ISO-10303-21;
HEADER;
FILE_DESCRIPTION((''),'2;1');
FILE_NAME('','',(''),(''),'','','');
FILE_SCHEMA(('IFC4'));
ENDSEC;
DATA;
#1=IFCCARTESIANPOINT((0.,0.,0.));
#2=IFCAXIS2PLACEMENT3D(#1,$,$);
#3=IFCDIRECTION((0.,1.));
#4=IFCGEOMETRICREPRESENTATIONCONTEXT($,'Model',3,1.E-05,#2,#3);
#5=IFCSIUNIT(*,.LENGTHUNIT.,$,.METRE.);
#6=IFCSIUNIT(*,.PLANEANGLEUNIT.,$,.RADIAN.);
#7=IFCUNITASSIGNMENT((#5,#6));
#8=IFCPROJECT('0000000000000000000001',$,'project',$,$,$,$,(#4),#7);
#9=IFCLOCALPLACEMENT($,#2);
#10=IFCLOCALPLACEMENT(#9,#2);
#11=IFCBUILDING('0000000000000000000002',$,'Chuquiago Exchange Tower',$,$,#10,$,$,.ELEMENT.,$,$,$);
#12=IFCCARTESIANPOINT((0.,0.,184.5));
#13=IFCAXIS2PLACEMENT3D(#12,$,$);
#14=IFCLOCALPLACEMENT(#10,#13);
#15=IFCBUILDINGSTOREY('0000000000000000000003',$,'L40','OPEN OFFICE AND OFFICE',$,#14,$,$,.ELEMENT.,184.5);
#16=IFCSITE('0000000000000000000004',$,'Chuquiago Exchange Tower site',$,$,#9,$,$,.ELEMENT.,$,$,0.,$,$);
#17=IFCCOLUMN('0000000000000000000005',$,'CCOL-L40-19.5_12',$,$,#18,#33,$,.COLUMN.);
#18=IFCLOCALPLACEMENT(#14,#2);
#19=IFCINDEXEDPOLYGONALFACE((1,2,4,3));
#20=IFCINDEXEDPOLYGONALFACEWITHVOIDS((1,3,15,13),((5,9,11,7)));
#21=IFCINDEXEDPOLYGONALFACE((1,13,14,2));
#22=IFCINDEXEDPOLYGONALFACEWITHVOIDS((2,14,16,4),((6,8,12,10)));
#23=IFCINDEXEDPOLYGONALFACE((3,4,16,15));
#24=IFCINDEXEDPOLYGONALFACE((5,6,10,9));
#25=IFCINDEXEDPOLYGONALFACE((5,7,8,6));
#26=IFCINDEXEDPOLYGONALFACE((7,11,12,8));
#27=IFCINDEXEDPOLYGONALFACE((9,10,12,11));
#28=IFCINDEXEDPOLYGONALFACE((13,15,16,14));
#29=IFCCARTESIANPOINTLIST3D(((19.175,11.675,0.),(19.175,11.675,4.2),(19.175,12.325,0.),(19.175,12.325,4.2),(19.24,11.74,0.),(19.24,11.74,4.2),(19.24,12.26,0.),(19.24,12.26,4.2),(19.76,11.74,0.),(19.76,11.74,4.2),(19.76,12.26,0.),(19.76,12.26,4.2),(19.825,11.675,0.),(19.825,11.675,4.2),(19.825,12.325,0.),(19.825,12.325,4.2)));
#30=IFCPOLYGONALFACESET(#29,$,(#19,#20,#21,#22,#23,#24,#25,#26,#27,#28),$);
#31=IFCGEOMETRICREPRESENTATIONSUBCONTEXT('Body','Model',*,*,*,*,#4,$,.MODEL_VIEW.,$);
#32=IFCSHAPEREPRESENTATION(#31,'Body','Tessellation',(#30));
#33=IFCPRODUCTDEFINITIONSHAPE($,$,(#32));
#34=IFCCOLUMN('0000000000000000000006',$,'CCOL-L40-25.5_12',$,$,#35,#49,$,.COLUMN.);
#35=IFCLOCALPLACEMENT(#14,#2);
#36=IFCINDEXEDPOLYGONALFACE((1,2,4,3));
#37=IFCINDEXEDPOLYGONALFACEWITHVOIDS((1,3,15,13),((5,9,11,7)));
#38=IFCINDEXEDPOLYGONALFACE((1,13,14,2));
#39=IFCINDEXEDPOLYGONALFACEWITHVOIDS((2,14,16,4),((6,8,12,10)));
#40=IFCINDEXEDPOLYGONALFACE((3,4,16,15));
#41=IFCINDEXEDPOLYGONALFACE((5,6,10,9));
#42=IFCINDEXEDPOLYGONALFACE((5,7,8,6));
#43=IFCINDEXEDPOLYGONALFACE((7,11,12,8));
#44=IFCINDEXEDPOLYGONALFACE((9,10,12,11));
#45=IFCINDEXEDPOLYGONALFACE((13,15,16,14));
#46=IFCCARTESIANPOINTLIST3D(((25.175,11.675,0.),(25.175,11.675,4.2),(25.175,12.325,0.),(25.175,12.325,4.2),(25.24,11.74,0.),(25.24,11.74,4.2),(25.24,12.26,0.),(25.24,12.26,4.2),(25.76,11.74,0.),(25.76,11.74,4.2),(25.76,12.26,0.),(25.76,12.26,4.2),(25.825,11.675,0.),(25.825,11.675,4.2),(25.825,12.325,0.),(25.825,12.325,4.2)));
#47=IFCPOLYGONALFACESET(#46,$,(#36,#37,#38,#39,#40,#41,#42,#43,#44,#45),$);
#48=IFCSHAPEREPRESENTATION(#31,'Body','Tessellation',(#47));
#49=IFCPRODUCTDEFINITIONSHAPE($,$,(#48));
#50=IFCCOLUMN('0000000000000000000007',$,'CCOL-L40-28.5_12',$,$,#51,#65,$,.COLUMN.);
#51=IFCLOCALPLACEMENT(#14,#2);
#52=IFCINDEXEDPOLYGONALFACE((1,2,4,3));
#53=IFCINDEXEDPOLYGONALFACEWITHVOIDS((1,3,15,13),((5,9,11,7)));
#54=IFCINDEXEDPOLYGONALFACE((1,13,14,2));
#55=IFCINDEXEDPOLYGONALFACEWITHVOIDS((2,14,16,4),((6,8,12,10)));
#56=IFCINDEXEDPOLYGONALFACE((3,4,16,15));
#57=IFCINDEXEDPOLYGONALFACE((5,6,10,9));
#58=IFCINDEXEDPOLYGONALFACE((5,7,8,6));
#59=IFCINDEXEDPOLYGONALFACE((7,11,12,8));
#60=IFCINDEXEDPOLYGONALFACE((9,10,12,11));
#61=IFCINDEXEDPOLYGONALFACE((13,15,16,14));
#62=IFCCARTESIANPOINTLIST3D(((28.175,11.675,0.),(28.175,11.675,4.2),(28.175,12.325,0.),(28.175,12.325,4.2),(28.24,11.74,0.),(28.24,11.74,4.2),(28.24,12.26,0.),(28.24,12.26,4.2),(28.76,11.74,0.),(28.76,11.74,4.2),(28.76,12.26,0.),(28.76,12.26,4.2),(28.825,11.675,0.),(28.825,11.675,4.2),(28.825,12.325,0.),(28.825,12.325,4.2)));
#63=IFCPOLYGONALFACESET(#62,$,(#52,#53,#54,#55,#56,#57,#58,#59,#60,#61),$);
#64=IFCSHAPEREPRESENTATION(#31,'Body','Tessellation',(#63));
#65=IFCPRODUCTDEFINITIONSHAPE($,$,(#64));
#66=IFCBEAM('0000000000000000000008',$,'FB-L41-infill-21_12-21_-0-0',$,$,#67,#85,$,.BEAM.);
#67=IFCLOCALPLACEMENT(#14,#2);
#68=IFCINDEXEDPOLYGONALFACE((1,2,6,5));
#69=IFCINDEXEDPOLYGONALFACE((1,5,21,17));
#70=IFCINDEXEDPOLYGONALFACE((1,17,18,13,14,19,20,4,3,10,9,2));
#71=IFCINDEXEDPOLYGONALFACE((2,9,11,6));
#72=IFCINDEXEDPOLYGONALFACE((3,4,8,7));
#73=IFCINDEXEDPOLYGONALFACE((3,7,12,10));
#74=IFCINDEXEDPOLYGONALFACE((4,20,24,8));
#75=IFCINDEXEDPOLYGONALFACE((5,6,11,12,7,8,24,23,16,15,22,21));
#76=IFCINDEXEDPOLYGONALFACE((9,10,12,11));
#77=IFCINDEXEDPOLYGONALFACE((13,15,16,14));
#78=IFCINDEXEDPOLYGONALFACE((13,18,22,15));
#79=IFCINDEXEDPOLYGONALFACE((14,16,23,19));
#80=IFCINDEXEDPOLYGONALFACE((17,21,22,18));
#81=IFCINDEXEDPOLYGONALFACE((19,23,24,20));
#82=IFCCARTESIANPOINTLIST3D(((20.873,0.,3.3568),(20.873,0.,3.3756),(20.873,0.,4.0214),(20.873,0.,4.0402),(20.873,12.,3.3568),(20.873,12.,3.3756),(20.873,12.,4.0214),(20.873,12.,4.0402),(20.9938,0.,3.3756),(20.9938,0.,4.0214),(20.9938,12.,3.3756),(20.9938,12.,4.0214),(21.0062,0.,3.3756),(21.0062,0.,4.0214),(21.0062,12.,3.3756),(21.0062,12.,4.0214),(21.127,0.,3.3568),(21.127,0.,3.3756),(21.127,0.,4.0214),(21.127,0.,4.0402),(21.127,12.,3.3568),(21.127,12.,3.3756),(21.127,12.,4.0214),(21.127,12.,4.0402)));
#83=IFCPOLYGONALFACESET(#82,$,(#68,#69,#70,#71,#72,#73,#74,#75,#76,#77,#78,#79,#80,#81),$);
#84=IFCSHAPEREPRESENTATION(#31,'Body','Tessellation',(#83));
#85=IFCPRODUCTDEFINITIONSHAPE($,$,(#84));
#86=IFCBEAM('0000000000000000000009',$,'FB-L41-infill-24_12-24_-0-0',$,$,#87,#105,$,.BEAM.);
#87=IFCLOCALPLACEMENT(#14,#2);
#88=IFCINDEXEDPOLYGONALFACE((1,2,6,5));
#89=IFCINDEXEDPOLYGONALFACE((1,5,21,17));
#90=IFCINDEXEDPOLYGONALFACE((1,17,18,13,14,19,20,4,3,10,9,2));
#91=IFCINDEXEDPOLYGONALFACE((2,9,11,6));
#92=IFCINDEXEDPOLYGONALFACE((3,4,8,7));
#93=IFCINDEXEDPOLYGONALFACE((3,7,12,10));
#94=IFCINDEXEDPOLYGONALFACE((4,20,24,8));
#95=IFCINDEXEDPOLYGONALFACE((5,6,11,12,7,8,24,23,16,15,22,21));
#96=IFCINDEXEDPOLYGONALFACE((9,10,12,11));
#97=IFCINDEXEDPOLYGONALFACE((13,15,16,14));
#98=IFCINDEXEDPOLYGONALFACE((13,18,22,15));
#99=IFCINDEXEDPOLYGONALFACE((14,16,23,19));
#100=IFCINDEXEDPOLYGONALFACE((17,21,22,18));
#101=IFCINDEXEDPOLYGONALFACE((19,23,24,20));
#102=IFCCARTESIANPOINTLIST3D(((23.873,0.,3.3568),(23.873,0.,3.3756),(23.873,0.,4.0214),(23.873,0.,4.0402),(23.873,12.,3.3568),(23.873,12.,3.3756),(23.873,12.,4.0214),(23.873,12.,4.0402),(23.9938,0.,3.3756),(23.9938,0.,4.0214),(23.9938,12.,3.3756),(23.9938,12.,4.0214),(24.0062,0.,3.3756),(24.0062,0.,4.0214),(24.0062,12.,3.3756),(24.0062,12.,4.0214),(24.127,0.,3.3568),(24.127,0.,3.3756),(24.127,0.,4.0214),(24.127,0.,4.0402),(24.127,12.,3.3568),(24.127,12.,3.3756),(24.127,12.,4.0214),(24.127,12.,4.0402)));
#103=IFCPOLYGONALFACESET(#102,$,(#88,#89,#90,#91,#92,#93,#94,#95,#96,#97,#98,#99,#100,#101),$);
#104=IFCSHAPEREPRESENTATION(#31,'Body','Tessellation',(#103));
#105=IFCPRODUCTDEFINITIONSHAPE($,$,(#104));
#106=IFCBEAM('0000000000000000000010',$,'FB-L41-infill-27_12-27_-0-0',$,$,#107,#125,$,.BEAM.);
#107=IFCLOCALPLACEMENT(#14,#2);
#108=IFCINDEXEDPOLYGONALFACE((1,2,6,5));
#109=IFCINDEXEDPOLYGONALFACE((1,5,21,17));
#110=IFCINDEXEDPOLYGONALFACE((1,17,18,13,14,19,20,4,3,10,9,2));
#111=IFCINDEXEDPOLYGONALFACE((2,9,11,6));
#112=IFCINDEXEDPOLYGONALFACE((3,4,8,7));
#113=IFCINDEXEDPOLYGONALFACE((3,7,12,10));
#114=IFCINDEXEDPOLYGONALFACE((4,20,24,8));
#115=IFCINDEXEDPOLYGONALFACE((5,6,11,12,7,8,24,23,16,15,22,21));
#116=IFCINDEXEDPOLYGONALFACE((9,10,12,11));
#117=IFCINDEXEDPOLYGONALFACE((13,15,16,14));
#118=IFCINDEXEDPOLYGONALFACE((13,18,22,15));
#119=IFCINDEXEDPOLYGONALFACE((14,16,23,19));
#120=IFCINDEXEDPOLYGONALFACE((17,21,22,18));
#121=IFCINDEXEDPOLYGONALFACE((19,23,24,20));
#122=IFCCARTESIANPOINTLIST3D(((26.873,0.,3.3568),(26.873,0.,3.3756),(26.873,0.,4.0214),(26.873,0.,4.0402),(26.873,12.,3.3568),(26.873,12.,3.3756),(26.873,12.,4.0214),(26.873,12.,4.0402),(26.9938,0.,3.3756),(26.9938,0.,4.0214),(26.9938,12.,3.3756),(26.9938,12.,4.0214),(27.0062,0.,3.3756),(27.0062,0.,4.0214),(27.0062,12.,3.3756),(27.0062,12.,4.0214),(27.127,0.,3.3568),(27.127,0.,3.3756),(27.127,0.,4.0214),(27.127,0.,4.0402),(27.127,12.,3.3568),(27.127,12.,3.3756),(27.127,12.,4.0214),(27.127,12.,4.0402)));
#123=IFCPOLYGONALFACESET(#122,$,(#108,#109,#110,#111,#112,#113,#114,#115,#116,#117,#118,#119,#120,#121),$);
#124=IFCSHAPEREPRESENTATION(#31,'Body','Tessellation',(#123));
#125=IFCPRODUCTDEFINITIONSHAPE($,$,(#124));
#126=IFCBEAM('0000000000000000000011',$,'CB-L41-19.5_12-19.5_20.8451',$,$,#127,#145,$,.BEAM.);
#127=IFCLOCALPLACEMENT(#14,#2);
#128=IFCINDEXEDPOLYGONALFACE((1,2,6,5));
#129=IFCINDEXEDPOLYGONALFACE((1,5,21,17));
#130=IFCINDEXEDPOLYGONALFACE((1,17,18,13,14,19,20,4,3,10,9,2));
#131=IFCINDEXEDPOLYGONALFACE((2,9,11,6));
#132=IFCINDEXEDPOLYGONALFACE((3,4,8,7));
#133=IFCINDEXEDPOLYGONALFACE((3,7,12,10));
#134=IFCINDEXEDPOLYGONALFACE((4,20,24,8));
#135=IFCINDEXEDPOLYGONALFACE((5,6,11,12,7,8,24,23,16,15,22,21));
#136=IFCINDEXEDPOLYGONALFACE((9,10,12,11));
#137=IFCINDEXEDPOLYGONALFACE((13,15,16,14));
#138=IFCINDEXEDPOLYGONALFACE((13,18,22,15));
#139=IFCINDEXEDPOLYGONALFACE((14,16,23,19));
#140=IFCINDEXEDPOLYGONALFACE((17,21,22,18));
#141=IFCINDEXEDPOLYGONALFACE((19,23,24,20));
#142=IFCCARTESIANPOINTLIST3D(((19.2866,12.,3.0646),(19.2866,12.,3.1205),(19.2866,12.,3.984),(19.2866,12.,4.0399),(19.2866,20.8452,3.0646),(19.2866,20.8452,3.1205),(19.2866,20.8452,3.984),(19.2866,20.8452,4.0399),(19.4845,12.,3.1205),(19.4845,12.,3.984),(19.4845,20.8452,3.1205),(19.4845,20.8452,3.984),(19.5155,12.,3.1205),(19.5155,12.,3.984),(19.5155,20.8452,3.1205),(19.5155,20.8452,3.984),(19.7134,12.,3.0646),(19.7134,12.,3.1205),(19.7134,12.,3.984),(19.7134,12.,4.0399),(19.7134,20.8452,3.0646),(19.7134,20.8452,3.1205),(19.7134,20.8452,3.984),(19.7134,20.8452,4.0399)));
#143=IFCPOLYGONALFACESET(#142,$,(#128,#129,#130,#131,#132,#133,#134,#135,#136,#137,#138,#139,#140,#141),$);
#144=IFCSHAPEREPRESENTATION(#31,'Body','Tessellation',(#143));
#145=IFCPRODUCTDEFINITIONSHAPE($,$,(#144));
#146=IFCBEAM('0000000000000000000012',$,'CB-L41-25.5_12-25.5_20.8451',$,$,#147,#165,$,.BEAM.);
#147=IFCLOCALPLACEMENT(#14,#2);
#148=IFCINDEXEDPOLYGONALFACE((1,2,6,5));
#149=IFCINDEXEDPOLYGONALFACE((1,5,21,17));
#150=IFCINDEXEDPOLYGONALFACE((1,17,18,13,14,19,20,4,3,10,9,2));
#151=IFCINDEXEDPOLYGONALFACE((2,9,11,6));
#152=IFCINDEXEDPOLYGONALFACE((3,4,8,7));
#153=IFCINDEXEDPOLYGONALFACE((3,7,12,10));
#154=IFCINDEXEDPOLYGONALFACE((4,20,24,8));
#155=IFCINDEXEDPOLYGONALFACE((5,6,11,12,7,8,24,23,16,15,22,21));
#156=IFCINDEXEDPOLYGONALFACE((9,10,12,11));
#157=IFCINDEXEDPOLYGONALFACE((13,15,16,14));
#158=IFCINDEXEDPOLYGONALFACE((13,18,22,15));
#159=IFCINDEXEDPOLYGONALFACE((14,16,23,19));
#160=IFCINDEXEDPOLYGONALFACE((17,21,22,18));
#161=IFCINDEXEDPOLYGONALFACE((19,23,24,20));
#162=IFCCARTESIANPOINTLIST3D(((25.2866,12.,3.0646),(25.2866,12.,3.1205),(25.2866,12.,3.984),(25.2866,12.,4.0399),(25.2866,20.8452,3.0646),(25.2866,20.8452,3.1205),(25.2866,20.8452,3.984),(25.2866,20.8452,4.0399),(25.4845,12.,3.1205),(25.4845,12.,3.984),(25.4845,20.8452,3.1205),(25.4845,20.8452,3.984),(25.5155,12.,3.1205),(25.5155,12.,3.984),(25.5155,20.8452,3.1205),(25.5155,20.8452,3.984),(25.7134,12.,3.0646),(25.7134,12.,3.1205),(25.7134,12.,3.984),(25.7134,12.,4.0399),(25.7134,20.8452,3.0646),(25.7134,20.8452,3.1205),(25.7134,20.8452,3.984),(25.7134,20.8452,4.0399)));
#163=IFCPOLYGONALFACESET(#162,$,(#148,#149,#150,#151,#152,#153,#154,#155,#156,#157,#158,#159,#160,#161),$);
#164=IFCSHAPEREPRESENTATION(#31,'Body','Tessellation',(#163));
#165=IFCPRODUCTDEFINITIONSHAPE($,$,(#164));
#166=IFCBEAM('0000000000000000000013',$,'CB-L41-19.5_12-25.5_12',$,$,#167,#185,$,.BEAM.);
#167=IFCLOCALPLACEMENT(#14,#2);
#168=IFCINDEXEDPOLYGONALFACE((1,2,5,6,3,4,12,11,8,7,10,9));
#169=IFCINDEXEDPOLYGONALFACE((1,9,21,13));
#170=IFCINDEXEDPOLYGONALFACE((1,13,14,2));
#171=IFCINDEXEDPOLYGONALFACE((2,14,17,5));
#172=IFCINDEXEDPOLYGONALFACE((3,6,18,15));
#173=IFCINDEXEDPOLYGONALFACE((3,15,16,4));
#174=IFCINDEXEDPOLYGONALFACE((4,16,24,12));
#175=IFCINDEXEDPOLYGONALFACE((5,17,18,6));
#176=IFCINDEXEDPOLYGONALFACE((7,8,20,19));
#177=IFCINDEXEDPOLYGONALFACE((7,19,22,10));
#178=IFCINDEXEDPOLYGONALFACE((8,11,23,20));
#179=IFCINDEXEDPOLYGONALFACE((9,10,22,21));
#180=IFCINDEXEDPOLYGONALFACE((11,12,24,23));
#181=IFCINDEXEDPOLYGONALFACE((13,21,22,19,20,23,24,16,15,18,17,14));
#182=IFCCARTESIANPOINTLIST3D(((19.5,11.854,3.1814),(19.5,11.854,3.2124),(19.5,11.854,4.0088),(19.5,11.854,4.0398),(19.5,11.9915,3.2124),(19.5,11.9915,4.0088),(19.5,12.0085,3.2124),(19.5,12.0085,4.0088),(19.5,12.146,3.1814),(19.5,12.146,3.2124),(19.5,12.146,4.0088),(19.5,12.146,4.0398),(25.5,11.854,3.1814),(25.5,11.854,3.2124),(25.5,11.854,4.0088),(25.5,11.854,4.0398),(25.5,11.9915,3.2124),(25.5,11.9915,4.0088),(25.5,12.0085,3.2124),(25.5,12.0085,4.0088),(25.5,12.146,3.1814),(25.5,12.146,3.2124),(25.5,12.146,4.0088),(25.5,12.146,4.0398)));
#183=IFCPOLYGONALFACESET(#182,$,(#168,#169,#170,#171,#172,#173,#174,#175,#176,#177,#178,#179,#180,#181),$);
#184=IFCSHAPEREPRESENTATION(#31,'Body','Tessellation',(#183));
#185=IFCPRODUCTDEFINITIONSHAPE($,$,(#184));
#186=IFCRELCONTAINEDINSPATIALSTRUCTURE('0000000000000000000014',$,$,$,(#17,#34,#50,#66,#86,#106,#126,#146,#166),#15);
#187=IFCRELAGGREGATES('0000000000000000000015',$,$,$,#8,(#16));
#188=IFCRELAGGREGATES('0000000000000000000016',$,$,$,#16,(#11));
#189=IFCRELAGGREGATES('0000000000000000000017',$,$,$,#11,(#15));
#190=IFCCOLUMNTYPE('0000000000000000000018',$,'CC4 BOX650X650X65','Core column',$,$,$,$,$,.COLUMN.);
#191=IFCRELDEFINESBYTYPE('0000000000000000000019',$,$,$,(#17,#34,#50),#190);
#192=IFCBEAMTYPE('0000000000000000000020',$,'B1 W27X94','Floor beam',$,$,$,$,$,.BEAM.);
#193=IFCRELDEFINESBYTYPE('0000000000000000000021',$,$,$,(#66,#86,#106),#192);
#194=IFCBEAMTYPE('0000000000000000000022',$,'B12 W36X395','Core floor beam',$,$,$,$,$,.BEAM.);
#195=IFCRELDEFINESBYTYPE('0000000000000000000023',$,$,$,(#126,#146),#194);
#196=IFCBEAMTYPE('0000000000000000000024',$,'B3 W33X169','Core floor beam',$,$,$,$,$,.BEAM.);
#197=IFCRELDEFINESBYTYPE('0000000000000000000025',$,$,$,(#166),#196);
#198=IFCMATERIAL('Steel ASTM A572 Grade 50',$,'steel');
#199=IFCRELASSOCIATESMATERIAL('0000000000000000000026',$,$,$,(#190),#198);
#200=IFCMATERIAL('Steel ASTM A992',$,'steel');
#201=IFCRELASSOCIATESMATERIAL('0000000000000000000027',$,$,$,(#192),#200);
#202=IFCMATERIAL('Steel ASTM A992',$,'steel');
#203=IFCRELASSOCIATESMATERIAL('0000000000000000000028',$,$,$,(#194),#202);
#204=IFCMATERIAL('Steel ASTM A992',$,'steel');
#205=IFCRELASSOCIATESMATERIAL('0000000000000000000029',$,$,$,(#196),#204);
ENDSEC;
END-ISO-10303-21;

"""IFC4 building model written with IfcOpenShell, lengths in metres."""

from ifc_helpers import new_model, si_unit, direction, frame, origin, origin_2d, place, context, subcontext, project, spatial, hollow_rectangle, i_section, extrude, material, material_profile, profile_set, type_object, element, save


model = new_model("IFC4")

# Units and contexts
model_context = context("Model", 3, precision=1e-05, world=origin(), true_north=direction((0.0, 1.0)))
body_context = subcontext(model_context, "Body", "Model", "MODEL_VIEW")
ifc_project = project(units=[si_unit("LENGTHUNIT", "METRE"), si_unit("PLANEANGLEUNIT", "RADIAN")], contexts=[model_context])

# Site, building, storey
site_placement = place(None, origin())
site = spatial("IfcSite", under=ifc_project, at=site_placement, Name="Chuquiago Exchange Tower site", CompositionType="ELEMENT", RefElevation=0.0)
building_placement = place(site_placement, origin())
building = spatial("IfcBuilding", under=site, at=building_placement, Name="Chuquiago Exchange Tower", CompositionType="ELEMENT")
storey_placement = place(building_placement, frame((0.0, 0.0, 184.5)))
storey = spatial("IfcBuildingStorey", under=building, at=storey_placement, Name="L40", Description="OPEN OFFICE AND OFFICE", CompositionType="ELEMENT", Elevation=184.5)

# Columns
ifc_material_1 = material(Name="Steel ASTM A572 Grade 50", Category="steel")
ifc_material_profile_1 = material_profile(ifc_material_1, hollow_rectangle(XDim=0.6499, YDim=0.6499, WallThickness=0.0649, at=origin_2d()), Name="BOX650X650X65")
ifc_profile_set_1 = profile_set([ifc_material_profile_1], Name="Steel ASTM A572 Grade 50")
column_type = type_object("IfcColumnType", Name="CC4 BOX650X650X65", Description="Core column", PredefinedType="COLUMN", material=ifc_profile_set_1)
for number, where, z_axis, x_axis, name in (
    (1, (19.5, 12.0, 0.0), (0.0, 0.0, 1.0), (1.0, 0.0, 0.0), "CCOL-L40-19.5_12"),
    (2, (25.5, 12.0, 0.0), (0.0, 0.0, 1.0), (1.0, 0.0, 0.0), "CCOL-L40-25.5_12"),
    (3, (28.5, 12.0, 0.0), (0.0, 0.0, 1.0), (1.0, 0.0, 0.0), "CCOL-L40-28.5_12"),
):
    element("IfcColumn", number, at=place(storey_placement, frame(where, z_axis=z_axis, x_axis=x_axis)), inside=storey, type_object=column_type, Name=name, PredefinedType="COLUMN", context=body_context, shape_type="SweptSolid", body=[
        extrude(hollow_rectangle(XDim=0.6499, YDim=0.6499, WallThickness=0.0649, at=origin_2d()), origin(), (0.0, 0.0, 1.0), 4.2),
    ])

# Beams
ifc_material_2 = material(Name="Steel ASTM A992", Category="steel")
ifc_material_profile_2 = material_profile(ifc_material_2, i_section(OverallWidth=0.2539, OverallDepth=0.6833, WebThickness=0.0125, FlangeThickness=0.0188, at=origin_2d()), Name="W27X94")
ifc_profile_set_2 = profile_set([ifc_material_profile_2], Name="Steel ASTM A992")
beam_type_1 = type_object("IfcBeamType", Name="B1 W27X94", Description="Floor beam", PredefinedType="BEAM", material=ifc_profile_set_2)
for number, where, z_axis, x_axis, name in (
    (4, (21.0, 12.0, 3.6985), (0.0, -1.0, 0.0), (1.0, 0.0, 0.0), "FB-L41-infill-21_12-21_-0-0"),
    (5, (24.0, 12.0, 3.6985), (0.0, -1.0, 0.0), (1.0, 0.0, 0.0), "FB-L41-infill-24_12-24_-0-0"),
    (6, (27.0, 12.0, 3.6985), (0.0, -1.0, 0.0), (1.0, 0.0, 0.0), "FB-L41-infill-27_12-27_-0-0"),
):
    element("IfcBeam", number, at=place(storey_placement, frame(where, z_axis=z_axis, x_axis=x_axis)), inside=storey, type_object=beam_type_1, Name=name, PredefinedType="BEAM", context=body_context, shape_type="SweptSolid", body=[
        extrude(i_section(OverallWidth=0.2539, OverallDepth=0.6833, WebThickness=0.0125, FlangeThickness=0.0188, at=origin_2d()), origin(), (0.0, 0.0, 1.0), 12.0),
    ])
ifc_material_3 = material(Name="Steel ASTM A992", Category="steel")
ifc_material_profile_3 = material_profile(ifc_material_3, i_section(OverallWidth=0.4268, OverallDepth=0.9753, WebThickness=0.031, FlangeThickness=0.0559, at=origin_2d()), Name="W36X395")
ifc_profile_set_3 = profile_set([ifc_material_profile_3], Name="Steel ASTM A992")
beam_type_2 = type_object("IfcBeamType", Name="B12 W36X395", Description="Core floor beam", PredefinedType="BEAM", material=ifc_profile_set_3)
for number, where, z_axis, x_axis, name in (
    (7, (19.5, 12.0, 3.5522), (0.0, 1.0, 0.0), (-1.0, 0.0, 0.0), "CB-L41-19.5_12-19.5_20.8451"),
    (8, (25.5, 12.0, 3.5522), (0.0, 1.0, 0.0), (-1.0, 0.0, 0.0), "CB-L41-25.5_12-25.5_20.8451"),
):
    element("IfcBeam", number, at=place(storey_placement, frame(where, z_axis=z_axis, x_axis=x_axis)), inside=storey, type_object=beam_type_2, Name=name, PredefinedType="BEAM", context=body_context, shape_type="SweptSolid", body=[
        extrude(i_section(OverallWidth=0.4268, OverallDepth=0.9753, WebThickness=0.031, FlangeThickness=0.0559, at=origin_2d()), origin(), (0.0, 0.0, 1.0), 8.8452),
    ])
ifc_material_4 = material(Name="Steel ASTM A992", Category="steel")
ifc_material_profile_4 = material_profile(ifc_material_4, i_section(OverallWidth=0.292, OverallDepth=0.8584, WebThickness=0.0171, FlangeThickness=0.031, at=origin_2d()), Name="W33X169")
ifc_profile_set_4 = profile_set([ifc_material_profile_4], Name="Steel ASTM A992")
beam_type_3 = type_object("IfcBeamType", Name="B3 W33X169", Description="Core floor beam", PredefinedType="BEAM", material=ifc_profile_set_4)
beam_1_placement = place(storey_placement, frame((19.5, 12.0, 3.6106), z_axis=(1.0, 0.0, 0.0), x_axis=(0.0, 1.0, 0.0)))
element("IfcBeam", 9, at=beam_1_placement, inside=storey, type_object=beam_type_3, Name="CB-L41-19.5_12-25.5_12", PredefinedType="BEAM", context=body_context, shape_type="SweptSolid", body=[
    extrude(i_section(OverallWidth=0.292, OverallDepth=0.8584, WebThickness=0.0171, FlangeThickness=0.031, at=origin_2d()), origin(), (0.0, 0.0, 1.0), 6.0),
])

save(model, "model.ifc")
